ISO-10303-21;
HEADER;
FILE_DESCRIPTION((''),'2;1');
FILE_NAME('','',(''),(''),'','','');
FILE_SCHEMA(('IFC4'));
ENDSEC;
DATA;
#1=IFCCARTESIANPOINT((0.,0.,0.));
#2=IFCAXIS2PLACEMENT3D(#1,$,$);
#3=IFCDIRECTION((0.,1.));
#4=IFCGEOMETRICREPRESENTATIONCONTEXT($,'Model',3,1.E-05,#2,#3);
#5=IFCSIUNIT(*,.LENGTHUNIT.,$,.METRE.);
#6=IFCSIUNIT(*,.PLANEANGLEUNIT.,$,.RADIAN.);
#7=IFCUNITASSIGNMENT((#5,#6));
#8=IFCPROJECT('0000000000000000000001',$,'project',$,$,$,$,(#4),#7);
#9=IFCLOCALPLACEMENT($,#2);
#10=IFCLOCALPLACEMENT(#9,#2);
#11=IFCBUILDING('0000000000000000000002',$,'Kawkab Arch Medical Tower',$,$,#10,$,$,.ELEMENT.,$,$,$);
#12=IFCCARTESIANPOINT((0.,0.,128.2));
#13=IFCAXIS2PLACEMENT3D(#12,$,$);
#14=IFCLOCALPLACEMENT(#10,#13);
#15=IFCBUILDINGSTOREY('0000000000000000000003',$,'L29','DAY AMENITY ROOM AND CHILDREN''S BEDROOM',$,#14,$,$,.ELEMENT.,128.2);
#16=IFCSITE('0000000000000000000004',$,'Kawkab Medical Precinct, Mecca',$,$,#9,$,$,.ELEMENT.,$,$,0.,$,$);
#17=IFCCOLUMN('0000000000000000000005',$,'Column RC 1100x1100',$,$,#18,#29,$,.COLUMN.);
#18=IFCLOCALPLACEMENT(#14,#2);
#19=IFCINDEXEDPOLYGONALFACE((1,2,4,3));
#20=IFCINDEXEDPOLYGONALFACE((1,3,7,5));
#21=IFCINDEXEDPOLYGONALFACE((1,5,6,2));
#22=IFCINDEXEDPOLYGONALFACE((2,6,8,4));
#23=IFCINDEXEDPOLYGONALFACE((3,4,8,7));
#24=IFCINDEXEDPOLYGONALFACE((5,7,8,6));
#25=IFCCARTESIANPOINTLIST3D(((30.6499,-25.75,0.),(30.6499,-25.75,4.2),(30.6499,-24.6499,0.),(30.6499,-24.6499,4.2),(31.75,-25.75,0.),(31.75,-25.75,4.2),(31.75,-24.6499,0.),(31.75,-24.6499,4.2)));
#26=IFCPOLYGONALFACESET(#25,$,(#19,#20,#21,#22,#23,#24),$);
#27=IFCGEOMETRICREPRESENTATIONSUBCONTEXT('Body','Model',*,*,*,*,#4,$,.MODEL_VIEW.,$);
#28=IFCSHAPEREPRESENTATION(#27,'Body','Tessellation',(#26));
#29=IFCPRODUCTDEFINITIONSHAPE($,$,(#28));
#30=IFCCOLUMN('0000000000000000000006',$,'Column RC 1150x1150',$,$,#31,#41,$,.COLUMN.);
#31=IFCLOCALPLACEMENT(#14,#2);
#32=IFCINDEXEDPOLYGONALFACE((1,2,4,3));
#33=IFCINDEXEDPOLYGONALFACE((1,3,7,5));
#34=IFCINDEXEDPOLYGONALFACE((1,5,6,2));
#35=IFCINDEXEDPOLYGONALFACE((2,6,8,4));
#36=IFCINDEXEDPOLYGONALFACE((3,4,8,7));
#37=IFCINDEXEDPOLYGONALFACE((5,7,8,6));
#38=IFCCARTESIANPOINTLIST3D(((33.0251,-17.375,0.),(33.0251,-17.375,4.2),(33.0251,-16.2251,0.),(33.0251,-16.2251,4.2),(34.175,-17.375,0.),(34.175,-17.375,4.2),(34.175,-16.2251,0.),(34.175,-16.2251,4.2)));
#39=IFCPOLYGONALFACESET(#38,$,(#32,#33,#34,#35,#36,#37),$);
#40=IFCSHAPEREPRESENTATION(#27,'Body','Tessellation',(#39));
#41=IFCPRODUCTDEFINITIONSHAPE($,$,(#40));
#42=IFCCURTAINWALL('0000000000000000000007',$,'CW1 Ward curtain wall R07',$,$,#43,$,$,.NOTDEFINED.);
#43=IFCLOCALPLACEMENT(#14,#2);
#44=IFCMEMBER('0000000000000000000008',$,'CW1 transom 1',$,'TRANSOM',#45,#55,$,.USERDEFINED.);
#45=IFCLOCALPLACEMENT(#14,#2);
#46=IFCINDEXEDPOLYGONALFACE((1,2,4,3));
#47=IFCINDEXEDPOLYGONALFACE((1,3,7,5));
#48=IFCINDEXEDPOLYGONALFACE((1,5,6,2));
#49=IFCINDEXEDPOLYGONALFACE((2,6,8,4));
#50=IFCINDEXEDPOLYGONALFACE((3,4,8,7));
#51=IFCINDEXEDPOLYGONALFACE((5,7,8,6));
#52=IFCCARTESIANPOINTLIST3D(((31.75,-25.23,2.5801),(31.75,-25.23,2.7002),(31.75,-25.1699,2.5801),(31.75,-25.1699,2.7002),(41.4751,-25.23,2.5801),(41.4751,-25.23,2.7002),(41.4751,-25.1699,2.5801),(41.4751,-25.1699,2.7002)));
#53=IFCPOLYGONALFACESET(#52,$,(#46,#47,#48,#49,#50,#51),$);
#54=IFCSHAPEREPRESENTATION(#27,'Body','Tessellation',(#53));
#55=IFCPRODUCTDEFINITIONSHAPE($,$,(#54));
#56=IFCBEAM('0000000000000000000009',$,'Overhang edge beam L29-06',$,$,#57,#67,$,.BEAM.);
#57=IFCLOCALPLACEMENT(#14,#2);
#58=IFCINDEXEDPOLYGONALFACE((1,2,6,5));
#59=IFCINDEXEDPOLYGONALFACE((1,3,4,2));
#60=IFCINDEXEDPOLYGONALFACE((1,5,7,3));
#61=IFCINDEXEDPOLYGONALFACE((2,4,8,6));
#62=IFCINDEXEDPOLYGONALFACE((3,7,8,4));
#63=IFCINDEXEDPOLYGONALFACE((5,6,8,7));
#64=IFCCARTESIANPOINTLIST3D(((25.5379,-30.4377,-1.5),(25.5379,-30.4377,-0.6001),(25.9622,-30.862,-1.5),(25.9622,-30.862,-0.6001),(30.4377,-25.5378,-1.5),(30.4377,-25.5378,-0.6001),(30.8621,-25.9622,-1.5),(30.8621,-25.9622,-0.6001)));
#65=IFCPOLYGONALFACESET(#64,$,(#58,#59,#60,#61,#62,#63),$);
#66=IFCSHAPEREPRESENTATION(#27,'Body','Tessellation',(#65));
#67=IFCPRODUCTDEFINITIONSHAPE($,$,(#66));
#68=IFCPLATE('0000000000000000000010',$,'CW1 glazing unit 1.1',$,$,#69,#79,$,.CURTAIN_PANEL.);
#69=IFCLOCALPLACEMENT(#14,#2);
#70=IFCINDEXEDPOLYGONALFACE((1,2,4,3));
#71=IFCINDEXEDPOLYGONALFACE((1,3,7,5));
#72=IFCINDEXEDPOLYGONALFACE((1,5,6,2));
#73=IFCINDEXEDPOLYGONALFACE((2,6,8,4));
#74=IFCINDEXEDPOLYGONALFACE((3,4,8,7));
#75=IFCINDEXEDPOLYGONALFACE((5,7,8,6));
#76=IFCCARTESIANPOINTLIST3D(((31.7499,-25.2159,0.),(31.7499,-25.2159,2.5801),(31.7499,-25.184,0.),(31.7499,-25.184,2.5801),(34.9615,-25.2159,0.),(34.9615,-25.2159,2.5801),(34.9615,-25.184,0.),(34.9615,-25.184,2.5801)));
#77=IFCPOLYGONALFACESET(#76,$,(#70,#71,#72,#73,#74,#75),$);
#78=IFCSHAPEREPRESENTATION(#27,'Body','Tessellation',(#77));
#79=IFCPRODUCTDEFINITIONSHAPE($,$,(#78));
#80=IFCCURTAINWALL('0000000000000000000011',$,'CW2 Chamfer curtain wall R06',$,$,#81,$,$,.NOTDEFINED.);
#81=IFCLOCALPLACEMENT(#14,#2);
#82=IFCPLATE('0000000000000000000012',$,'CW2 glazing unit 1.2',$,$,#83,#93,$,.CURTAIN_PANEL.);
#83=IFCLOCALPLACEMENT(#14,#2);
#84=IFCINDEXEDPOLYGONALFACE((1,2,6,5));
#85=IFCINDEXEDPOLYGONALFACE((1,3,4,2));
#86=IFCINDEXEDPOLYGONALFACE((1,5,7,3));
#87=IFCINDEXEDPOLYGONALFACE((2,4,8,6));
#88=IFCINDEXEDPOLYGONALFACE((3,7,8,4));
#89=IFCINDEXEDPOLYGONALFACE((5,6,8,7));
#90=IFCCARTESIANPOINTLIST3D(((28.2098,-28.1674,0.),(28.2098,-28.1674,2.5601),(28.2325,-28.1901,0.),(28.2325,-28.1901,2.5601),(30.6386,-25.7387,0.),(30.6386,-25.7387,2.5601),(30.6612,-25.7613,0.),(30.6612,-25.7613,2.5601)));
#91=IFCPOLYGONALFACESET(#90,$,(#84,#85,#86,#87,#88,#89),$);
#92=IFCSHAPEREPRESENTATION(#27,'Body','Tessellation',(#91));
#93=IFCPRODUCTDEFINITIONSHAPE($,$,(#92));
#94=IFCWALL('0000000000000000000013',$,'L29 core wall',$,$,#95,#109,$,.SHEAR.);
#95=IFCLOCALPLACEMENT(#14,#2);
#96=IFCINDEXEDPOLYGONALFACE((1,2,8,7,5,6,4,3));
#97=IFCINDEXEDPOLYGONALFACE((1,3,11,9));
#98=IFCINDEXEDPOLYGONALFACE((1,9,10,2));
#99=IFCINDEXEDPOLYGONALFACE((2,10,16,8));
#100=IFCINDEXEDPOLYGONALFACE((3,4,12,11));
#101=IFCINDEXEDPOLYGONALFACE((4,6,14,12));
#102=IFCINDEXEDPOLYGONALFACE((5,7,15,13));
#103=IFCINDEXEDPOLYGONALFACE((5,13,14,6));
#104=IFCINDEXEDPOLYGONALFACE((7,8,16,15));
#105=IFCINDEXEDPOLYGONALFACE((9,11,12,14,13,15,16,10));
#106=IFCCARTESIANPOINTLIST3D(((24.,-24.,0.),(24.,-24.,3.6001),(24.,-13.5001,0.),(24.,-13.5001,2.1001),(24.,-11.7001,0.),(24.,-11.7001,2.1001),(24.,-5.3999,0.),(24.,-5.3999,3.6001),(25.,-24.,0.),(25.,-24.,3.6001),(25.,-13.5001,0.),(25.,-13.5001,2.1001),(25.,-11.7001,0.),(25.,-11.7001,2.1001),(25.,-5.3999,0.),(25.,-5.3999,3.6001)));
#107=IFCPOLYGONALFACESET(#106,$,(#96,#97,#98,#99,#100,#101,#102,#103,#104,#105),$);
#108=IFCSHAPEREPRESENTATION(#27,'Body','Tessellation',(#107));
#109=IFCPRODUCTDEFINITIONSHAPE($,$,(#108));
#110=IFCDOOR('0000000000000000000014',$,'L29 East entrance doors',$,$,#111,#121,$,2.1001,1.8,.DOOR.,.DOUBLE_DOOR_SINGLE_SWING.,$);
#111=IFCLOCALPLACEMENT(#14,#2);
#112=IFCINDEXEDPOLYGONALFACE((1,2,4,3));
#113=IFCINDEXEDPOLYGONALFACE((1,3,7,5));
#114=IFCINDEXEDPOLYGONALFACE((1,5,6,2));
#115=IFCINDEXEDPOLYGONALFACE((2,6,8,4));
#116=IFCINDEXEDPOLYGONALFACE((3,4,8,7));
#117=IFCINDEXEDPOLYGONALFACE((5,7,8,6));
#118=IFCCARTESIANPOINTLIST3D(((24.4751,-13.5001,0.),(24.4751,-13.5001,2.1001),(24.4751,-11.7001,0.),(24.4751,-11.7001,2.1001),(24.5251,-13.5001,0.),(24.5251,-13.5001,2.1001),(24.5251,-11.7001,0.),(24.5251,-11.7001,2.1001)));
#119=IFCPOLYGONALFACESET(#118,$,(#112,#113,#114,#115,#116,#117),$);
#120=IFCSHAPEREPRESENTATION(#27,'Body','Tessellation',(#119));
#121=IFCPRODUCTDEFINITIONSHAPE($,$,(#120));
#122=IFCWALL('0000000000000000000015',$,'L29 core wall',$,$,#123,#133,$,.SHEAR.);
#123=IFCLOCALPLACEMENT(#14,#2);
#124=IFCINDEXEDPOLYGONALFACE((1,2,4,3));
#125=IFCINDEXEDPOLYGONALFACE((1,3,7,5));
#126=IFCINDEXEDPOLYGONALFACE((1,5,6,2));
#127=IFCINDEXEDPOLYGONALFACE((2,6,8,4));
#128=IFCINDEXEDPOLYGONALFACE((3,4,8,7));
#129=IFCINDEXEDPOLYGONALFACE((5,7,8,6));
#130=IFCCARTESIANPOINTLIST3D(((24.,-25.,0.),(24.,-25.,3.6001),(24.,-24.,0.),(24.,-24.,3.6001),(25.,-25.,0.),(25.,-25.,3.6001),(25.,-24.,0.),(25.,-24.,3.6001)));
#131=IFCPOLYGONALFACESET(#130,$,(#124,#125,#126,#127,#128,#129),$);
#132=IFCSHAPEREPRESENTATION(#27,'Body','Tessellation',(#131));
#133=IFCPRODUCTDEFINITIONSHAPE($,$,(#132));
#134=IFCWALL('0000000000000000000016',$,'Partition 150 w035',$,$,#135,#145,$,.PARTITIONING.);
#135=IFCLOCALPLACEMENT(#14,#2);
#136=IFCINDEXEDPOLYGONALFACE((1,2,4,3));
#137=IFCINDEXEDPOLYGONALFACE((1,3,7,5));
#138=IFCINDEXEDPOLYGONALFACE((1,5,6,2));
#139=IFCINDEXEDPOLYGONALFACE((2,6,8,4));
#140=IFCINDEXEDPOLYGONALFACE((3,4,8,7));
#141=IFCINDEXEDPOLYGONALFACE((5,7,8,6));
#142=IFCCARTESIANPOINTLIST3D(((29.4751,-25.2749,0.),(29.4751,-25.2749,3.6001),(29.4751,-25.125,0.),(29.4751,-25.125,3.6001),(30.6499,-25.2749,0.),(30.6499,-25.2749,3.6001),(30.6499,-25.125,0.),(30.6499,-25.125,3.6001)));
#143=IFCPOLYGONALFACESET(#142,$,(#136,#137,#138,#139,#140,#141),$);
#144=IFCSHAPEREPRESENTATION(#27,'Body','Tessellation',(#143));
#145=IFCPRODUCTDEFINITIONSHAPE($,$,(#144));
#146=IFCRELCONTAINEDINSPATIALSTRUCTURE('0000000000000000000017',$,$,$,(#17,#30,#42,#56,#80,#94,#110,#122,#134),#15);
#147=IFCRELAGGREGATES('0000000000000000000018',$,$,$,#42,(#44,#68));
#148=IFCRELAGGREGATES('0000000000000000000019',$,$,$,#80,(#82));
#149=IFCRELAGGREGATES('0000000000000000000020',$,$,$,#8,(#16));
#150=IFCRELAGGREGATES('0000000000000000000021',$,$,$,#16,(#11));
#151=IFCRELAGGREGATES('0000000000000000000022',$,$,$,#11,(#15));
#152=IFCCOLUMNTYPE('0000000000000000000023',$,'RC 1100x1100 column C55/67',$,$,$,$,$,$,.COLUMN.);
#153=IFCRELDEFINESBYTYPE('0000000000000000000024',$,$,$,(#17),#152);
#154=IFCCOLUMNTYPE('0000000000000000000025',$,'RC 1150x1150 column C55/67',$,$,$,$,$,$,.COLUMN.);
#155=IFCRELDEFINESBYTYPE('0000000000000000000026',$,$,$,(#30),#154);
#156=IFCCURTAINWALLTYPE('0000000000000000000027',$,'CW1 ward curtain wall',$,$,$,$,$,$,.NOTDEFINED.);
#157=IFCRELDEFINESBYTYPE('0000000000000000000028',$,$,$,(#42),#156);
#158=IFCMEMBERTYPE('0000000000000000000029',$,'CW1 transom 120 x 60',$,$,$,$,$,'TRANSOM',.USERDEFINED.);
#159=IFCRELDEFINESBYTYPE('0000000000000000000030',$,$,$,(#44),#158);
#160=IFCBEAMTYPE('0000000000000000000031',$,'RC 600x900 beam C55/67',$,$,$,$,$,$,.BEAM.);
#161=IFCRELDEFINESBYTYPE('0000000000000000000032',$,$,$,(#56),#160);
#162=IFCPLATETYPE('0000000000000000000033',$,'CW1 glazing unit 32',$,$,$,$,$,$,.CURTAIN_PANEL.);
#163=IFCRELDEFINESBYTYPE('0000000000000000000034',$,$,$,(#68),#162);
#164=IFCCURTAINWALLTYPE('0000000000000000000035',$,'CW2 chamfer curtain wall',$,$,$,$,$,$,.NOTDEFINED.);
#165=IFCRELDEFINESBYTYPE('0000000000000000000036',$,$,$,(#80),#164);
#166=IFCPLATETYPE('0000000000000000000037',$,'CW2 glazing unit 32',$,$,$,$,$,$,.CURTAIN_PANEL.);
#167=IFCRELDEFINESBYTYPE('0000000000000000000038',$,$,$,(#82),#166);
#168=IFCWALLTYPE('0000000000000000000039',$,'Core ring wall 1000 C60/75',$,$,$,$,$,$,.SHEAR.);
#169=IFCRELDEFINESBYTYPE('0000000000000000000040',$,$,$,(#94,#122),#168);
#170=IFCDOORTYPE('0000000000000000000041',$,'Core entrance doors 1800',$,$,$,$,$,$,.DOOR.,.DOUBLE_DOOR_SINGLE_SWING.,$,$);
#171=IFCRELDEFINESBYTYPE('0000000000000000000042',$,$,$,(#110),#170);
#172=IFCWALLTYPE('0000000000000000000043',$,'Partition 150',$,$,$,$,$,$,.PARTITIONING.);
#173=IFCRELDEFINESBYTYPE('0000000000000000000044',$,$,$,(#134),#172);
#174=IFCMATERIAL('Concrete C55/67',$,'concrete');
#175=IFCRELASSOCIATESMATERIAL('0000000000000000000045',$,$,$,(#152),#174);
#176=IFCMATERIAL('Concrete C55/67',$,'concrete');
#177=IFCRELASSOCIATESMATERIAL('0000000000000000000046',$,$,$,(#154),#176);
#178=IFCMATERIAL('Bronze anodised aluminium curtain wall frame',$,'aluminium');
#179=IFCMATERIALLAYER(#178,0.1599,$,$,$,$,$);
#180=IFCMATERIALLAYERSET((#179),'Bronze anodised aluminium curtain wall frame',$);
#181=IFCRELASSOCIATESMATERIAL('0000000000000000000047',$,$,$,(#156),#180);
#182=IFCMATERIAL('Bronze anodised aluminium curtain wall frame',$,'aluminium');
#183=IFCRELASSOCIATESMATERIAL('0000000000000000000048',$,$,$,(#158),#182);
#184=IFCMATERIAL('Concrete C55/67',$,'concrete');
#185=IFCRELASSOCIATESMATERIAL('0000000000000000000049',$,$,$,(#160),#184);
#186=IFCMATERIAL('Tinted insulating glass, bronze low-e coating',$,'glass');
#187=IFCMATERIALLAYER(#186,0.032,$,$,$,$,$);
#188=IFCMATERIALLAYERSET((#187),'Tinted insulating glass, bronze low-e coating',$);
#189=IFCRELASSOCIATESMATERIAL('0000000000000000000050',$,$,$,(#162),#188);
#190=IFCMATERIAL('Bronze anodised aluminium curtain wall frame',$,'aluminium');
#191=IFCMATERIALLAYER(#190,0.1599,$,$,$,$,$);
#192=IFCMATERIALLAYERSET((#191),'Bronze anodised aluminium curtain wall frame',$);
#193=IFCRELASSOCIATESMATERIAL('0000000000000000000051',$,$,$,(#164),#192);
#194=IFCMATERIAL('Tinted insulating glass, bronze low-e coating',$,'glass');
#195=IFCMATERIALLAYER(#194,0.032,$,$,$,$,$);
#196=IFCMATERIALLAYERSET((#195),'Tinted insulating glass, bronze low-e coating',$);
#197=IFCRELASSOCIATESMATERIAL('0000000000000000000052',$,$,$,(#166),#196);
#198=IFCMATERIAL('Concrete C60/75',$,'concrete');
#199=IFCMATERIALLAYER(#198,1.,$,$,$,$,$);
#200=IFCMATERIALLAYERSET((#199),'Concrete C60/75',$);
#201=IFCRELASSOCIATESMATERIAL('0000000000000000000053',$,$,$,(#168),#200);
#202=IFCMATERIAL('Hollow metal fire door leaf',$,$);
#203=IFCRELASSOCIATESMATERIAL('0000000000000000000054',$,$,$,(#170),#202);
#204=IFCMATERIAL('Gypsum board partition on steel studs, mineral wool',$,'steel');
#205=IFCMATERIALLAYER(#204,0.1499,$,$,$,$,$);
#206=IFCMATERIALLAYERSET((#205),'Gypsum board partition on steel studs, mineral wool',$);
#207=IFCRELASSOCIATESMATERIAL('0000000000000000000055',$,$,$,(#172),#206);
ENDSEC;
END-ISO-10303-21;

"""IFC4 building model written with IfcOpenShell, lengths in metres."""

from ifc_helpers import new_model, si_unit, direction, frame, frame_2d, origin, origin_2d, place, context, subcontext, project, spatial, rectangle, extrude, material, layer, layer_set, material_profile, profile_set, type_object, element, fill, aggregate, save


model = new_model("IFC4")

# Units and contexts
model_context = context("Model", 3, precision=1e-05, world=origin(), true_north=direction((0.0, 1.0)))
body_context = subcontext(model_context, "Body", "Model", "MODEL_VIEW")
ifc_project = project(units=[si_unit("LENGTHUNIT", "METRE"), si_unit("PLANEANGLEUNIT", "RADIAN")], contexts=[model_context])

# Site, building, storey
site_placement = place(None, origin())
site = spatial("IfcSite", under=ifc_project, at=site_placement, Name="Kawkab Medical Precinct, Mecca", CompositionType="ELEMENT", RefElevation=0.0)
building_placement = place(site_placement, origin())
building = spatial("IfcBuilding", under=site, at=building_placement, Name="Kawkab Arch Medical Tower", CompositionType="ELEMENT")
storey_placement = place(building_placement, frame((0.0, 0.0, 128.2)))
storey = spatial("IfcBuildingStorey", under=building, at=storey_placement, Name="L29", Description="DAY AMENITY ROOM AND CHILDREN'S BEDROOM", CompositionType="ELEMENT", Elevation=128.2)

# Columns
ifc_material_1 = material(Name="Concrete C55/67", Category="concrete")
ifc_material_profile_1 = material_profile(ifc_material_1, rectangle(XDim=1.1001, YDim=1.1001, at=origin_2d()), Name="RC 1100x1100")
ifc_profile_set_1 = profile_set([ifc_material_profile_1], Name="Concrete C55/67")
column_type_1 = type_object("IfcColumnType", Name="RC 1100x1100 column C55/67", PredefinedType="COLUMN", material=ifc_profile_set_1)
column_1_placement = place(storey_placement, frame((31.2, -25.2, 0.0), z_axis=(0.0, 0.0, 1.0), x_axis=(1.0, 0.0, 0.0)))
element("IfcColumn", 1, at=column_1_placement, inside=storey, type_object=column_type_1, Name="Column RC 1100x1100", PredefinedType="COLUMN", context=body_context, shape_type="SweptSolid", body=[
    extrude(rectangle(XDim=1.1001, YDim=1.1001, at=origin_2d()), origin(), (0.0, 0.0, 1.0), 4.2),
])
ifc_material_2 = material(Name="Concrete C55/67", Category="concrete")
ifc_material_profile_2 = material_profile(ifc_material_2, rectangle(XDim=1.1499, YDim=1.1499, at=origin_2d()), Name="RC 1150x1150")
ifc_profile_set_2 = profile_set([ifc_material_profile_2], Name="Concrete C55/67")
column_type_2 = type_object("IfcColumnType", Name="RC 1150x1150 column C55/67", PredefinedType="COLUMN", material=ifc_profile_set_2)
column_2_placement = place(storey_placement, frame((33.6001, -16.8, 0.0), z_axis=(0.0, 0.0, 1.0), x_axis=(1.0, 0.0, 0.0)))
element("IfcColumn", 2, at=column_2_placement, inside=storey, type_object=column_type_2, Name="Column RC 1150x1150", PredefinedType="COLUMN", context=body_context, shape_type="SweptSolid", body=[
    extrude(rectangle(XDim=1.1499, YDim=1.1499, at=origin_2d()), origin(), (0.0, 0.0, 1.0), 4.2),
])

# Curtain wall, member
ifc_material_3 = material(Name="Bronze anodised aluminium curtain wall frame", Category="aluminium")
ifc_layer_1 = layer(ifc_material_3, 0.1599)
ifc_layer_set_1 = layer_set([ifc_layer_1], Name="Bronze anodised aluminium curtain wall frame")
curtain_wall_type_1 = type_object("IfcCurtainWallType", Name="CW1 ward curtain wall", PredefinedType="NOTDEFINED", material=ifc_layer_set_1)
placement = place(storey_placement, origin())
curtain_wall_1 = element("IfcCurtainWall", 3, at=placement, inside=storey, type_object=curtain_wall_type_1, Name="CW1 Ward curtain wall R07", PredefinedType="NOTDEFINED")
ifc_material_4 = material(Name="Bronze anodised aluminium curtain wall frame", Category="aluminium")
ifc_material_profile_3 = material_profile(ifc_material_4, rectangle(XDim=0.0601, YDim=0.1201, at=origin_2d()), Name="AL 60x120")
ifc_profile_set_3 = profile_set([ifc_material_profile_3], Name="Bronze anodised aluminium curtain wall frame")
member_type = type_object("IfcMemberType", Name="CW1 transom 120 x 60", ElementType="TRANSOM", PredefinedType="USERDEFINED", material=ifc_profile_set_3)
member_placement = place(storey_placement, frame((31.75, -25.2, 2.6401), z_axis=(1.0, 0.0, 0.0), x_axis=(0.0, 1.0, 0.0)))
member = element("IfcMember", 4, at=member_placement, type_object=member_type, Name="CW1 transom 1", ObjectType="TRANSOM", PredefinedType="USERDEFINED", context=body_context, shape_type="SweptSolid", body=[
    extrude(rectangle(XDim=0.0601, YDim=0.1201, at=origin_2d()), origin(), (0.0, 0.0, 1.0), 9.7251),
])

# Beam
ifc_material_5 = material(Name="Concrete C55/67", Category="concrete")
ifc_material_profile_4 = material_profile(ifc_material_5, rectangle(XDim=0.6001, YDim=0.8999, at=origin_2d()), Name="RC 600x900")
ifc_profile_set_4 = profile_set([ifc_material_profile_4], Name="Concrete C55/67")
beam_type = type_object("IfcBeamType", Name="RC 600x900 beam C55/67", PredefinedType="BEAM", material=ifc_profile_set_4)
beam_placement = place(storey_placement, frame((30.6499, -25.75, -1.05), z_axis=(-0.707107, -0.707107, 0.0), x_axis=(0.707107, -0.707107, 0.0)))
element("IfcBeam", 5, at=beam_placement, inside=storey, type_object=beam_type, Name="Overhang edge beam L29-06", PredefinedType="BEAM", context=body_context, shape_type="SweptSolid", body=[
    extrude(rectangle(XDim=0.6001, YDim=0.8999, at=origin_2d()), origin(), (0.0, 0.0, 1.0), 6.9294),
])

# Plate
ifc_material_6 = material(Name="Tinted insulating glass, bronze low-e coating", Category="glass")
ifc_layer_2 = layer(ifc_material_6, 0.032)
ifc_layer_set_2 = layer_set([ifc_layer_2], Name="Tinted insulating glass, bronze low-e coating")
plate_type_1 = type_object("IfcPlateType", Name="CW1 glazing unit 32", PredefinedType="CURTAIN_PANEL", material=ifc_layer_set_2)
plate_1_placement = place(storey_placement, frame((33.3557, -25.2, 0.0), z_axis=(0.0, 0.0, 1.0), x_axis=(1.0, 0.0, 0.0)))
plate_1 = element("IfcPlate", 6, at=plate_1_placement, type_object=plate_type_1, Name="CW1 glazing unit 1.1", PredefinedType="CURTAIN_PANEL", context=body_context, shape_type="SweptSolid", body=[
    extrude(rectangle(XDim=3.2117, YDim=0.032, at=origin_2d()), origin(), (0.0, 0.0, 1.0), 2.5801),
])
aggregate(curtain_wall_1, [member, plate_1])

# Curtain wall, plate
ifc_material_7 = material(Name="Bronze anodised aluminium curtain wall frame", Category="aluminium")
ifc_layer_3 = layer(ifc_material_7, 0.1599)
ifc_layer_set_3 = layer_set([ifc_layer_3], Name="Bronze anodised aluminium curtain wall frame")
curtain_wall_type_2 = type_object("IfcCurtainWallType", Name="CW2 chamfer curtain wall", PredefinedType="NOTDEFINED", material=ifc_layer_set_3)
curtain_wall_2 = element("IfcCurtainWall", 7, at=placement, inside=storey, type_object=curtain_wall_type_2, Name="CW2 Chamfer curtain wall R06", PredefinedType="NOTDEFINED")
ifc_material_8 = material(Name="Tinted insulating glass, bronze low-e coating", Category="glass")
ifc_layer_4 = layer(ifc_material_8, 0.032)
ifc_layer_set_4 = layer_set([ifc_layer_4], Name="Tinted insulating glass, bronze low-e coating")
plate_type_2 = type_object("IfcPlateType", Name="CW2 glazing unit 32", PredefinedType="CURTAIN_PANEL", material=ifc_layer_set_4)
plate_2_placement = place(storey_placement, frame((29.4355, -26.9644, 0.0), z_axis=(0.0, 0.0, 1.0), x_axis=(0.707107, 0.707107, 0.0)))
plate_2 = element("IfcPlate", 8, at=plate_2_placement, type_object=plate_type_2, Name="CW2 glazing unit 1.2", PredefinedType="CURTAIN_PANEL", context=body_context, shape_type="SweptSolid", body=[
    extrude(rectangle(XDim=3.4348, YDim=0.032, at=origin_2d()), origin(), (0.0, 0.0, 1.0), 2.5601),
])
aggregate(curtain_wall_2, [plate_2])

# Wall, opening, door
ifc_material_9 = material(Name="Concrete C60/75", Category="concrete")
ifc_layer_5 = layer(ifc_material_9, 1.0)
ifc_layer_set_5 = layer_set([ifc_layer_5], Name="Concrete C60/75")
wall_type_1 = type_object("IfcWallType", Name="Core ring wall 1000 C60/75", PredefinedType="SHEAR", material=ifc_layer_set_5)
wall_1_placement = place(storey_placement, frame((24.5, -24.0, 0.0), z_axis=(0.0, 0.0, 1.0), x_axis=(0.0, 1.0, 0.0)))
wall_1 = element("IfcWall", 9, at=wall_1_placement, inside=storey, type_object=wall_type_1, Name="L29 core wall", PredefinedType="SHEAR", context=body_context, shape_type="SweptSolid", body=[
    extrude(rectangle(XDim=18.6001, YDim=1.0, at=frame_2d((9.3, 0.0))), origin(), (0.0, 0.0, 1.0), 3.6001),
])
opening_1_placement = place(wall_1_placement, frame((10.5, 0.0, 0.0)))
opening_1 = element("IfcOpeningElement", 10, at=opening_1_placement, cuts=wall_1, PredefinedType="OPENING", context=body_context, shape_type="SweptSolid", body=[
    extrude(rectangle(XDim=1.8, YDim=2.1001, at=frame_2d((0.8999, 1.05))), frame((0.0, 0.51, 0.0), z_axis=(0.0, -1.0, 0.0), x_axis=(1.0, 0.0, 0.0)), (0.0, 0.0, 1.0), 1.02),
])
ifc_material_10 = material(Name="Hollow metal fire door leaf")
door_type_1 = type_object("IfcDoorType", Name="Core entrance doors 1800", OperationType="DOUBLE_DOOR_SINGLE_SWING", PredefinedType="DOOR", material=ifc_material_10)
door_1_placement = place(opening_1_placement, origin())
door_1 = element("IfcDoor", 11, at=door_1_placement, inside=storey, type_object=door_type_1, Name="L29 East entrance doors", OperationType="DOUBLE_DOOR_SINGLE_SWING", OverallHeight=2.1001, OverallWidth=1.8, PredefinedType="DOOR", context=body_context, shape_type="SweptSolid", body=[
    extrude(rectangle(XDim=1.8, YDim=2.1001, at=frame_2d((0.8999, 1.05))), frame((0.0, 0.0249, 0.0), z_axis=(0.0, -1.0, 0.0), x_axis=(1.0, 0.0, 0.0)), (0.0, 0.0, 1.0), 0.05),
])
fill(opening_1, door_1)

# Walls
wall_2_placement = place(storey_placement, frame((24.5, -25.0, 0.0), z_axis=(0.0, 0.0, 1.0), x_axis=(0.0, 1.0, 0.0)))
element("IfcWall", 12, at=wall_2_placement, inside=storey, type_object=wall_type_1, Name="L29 core wall", PredefinedType="SHEAR", context=body_context, shape_type="SweptSolid", body=[
    extrude(rectangle(XDim=1.0, YDim=1.0, at=frame_2d((0.5, 0.0))), origin(), (0.0, 0.0, 1.0), 3.6001),
])
ifc_material_11 = material(Name="Gypsum board partition on steel studs, mineral wool", Category="steel")
ifc_layer_6 = layer(ifc_material_11, 0.1499)
ifc_layer_set_6 = layer_set([ifc_layer_6], Name="Gypsum board partition on steel studs, mineral wool")
wall_type_2 = type_object("IfcWallType", Name="Partition 150", PredefinedType="PARTITIONING", material=ifc_layer_set_6)
wall_3_placement = place(storey_placement, frame((29.4751, -25.2, 0.0), z_axis=(0.0, 0.0, 1.0), x_axis=(1.0, 0.0, 0.0)))
element("IfcWall", 13, at=wall_3_placement, inside=storey, type_object=wall_type_2, Name="Partition 150 w035", PredefinedType="PARTITIONING", context=body_context, shape_type="SweptSolid", body=[
    extrude(rectangle(XDim=1.1748, YDim=0.1499, at=frame_2d((0.5874, 0.0))), origin(), (0.0, 0.0, 1.0), 3.6001),
])

save(model, "model.ifc")
